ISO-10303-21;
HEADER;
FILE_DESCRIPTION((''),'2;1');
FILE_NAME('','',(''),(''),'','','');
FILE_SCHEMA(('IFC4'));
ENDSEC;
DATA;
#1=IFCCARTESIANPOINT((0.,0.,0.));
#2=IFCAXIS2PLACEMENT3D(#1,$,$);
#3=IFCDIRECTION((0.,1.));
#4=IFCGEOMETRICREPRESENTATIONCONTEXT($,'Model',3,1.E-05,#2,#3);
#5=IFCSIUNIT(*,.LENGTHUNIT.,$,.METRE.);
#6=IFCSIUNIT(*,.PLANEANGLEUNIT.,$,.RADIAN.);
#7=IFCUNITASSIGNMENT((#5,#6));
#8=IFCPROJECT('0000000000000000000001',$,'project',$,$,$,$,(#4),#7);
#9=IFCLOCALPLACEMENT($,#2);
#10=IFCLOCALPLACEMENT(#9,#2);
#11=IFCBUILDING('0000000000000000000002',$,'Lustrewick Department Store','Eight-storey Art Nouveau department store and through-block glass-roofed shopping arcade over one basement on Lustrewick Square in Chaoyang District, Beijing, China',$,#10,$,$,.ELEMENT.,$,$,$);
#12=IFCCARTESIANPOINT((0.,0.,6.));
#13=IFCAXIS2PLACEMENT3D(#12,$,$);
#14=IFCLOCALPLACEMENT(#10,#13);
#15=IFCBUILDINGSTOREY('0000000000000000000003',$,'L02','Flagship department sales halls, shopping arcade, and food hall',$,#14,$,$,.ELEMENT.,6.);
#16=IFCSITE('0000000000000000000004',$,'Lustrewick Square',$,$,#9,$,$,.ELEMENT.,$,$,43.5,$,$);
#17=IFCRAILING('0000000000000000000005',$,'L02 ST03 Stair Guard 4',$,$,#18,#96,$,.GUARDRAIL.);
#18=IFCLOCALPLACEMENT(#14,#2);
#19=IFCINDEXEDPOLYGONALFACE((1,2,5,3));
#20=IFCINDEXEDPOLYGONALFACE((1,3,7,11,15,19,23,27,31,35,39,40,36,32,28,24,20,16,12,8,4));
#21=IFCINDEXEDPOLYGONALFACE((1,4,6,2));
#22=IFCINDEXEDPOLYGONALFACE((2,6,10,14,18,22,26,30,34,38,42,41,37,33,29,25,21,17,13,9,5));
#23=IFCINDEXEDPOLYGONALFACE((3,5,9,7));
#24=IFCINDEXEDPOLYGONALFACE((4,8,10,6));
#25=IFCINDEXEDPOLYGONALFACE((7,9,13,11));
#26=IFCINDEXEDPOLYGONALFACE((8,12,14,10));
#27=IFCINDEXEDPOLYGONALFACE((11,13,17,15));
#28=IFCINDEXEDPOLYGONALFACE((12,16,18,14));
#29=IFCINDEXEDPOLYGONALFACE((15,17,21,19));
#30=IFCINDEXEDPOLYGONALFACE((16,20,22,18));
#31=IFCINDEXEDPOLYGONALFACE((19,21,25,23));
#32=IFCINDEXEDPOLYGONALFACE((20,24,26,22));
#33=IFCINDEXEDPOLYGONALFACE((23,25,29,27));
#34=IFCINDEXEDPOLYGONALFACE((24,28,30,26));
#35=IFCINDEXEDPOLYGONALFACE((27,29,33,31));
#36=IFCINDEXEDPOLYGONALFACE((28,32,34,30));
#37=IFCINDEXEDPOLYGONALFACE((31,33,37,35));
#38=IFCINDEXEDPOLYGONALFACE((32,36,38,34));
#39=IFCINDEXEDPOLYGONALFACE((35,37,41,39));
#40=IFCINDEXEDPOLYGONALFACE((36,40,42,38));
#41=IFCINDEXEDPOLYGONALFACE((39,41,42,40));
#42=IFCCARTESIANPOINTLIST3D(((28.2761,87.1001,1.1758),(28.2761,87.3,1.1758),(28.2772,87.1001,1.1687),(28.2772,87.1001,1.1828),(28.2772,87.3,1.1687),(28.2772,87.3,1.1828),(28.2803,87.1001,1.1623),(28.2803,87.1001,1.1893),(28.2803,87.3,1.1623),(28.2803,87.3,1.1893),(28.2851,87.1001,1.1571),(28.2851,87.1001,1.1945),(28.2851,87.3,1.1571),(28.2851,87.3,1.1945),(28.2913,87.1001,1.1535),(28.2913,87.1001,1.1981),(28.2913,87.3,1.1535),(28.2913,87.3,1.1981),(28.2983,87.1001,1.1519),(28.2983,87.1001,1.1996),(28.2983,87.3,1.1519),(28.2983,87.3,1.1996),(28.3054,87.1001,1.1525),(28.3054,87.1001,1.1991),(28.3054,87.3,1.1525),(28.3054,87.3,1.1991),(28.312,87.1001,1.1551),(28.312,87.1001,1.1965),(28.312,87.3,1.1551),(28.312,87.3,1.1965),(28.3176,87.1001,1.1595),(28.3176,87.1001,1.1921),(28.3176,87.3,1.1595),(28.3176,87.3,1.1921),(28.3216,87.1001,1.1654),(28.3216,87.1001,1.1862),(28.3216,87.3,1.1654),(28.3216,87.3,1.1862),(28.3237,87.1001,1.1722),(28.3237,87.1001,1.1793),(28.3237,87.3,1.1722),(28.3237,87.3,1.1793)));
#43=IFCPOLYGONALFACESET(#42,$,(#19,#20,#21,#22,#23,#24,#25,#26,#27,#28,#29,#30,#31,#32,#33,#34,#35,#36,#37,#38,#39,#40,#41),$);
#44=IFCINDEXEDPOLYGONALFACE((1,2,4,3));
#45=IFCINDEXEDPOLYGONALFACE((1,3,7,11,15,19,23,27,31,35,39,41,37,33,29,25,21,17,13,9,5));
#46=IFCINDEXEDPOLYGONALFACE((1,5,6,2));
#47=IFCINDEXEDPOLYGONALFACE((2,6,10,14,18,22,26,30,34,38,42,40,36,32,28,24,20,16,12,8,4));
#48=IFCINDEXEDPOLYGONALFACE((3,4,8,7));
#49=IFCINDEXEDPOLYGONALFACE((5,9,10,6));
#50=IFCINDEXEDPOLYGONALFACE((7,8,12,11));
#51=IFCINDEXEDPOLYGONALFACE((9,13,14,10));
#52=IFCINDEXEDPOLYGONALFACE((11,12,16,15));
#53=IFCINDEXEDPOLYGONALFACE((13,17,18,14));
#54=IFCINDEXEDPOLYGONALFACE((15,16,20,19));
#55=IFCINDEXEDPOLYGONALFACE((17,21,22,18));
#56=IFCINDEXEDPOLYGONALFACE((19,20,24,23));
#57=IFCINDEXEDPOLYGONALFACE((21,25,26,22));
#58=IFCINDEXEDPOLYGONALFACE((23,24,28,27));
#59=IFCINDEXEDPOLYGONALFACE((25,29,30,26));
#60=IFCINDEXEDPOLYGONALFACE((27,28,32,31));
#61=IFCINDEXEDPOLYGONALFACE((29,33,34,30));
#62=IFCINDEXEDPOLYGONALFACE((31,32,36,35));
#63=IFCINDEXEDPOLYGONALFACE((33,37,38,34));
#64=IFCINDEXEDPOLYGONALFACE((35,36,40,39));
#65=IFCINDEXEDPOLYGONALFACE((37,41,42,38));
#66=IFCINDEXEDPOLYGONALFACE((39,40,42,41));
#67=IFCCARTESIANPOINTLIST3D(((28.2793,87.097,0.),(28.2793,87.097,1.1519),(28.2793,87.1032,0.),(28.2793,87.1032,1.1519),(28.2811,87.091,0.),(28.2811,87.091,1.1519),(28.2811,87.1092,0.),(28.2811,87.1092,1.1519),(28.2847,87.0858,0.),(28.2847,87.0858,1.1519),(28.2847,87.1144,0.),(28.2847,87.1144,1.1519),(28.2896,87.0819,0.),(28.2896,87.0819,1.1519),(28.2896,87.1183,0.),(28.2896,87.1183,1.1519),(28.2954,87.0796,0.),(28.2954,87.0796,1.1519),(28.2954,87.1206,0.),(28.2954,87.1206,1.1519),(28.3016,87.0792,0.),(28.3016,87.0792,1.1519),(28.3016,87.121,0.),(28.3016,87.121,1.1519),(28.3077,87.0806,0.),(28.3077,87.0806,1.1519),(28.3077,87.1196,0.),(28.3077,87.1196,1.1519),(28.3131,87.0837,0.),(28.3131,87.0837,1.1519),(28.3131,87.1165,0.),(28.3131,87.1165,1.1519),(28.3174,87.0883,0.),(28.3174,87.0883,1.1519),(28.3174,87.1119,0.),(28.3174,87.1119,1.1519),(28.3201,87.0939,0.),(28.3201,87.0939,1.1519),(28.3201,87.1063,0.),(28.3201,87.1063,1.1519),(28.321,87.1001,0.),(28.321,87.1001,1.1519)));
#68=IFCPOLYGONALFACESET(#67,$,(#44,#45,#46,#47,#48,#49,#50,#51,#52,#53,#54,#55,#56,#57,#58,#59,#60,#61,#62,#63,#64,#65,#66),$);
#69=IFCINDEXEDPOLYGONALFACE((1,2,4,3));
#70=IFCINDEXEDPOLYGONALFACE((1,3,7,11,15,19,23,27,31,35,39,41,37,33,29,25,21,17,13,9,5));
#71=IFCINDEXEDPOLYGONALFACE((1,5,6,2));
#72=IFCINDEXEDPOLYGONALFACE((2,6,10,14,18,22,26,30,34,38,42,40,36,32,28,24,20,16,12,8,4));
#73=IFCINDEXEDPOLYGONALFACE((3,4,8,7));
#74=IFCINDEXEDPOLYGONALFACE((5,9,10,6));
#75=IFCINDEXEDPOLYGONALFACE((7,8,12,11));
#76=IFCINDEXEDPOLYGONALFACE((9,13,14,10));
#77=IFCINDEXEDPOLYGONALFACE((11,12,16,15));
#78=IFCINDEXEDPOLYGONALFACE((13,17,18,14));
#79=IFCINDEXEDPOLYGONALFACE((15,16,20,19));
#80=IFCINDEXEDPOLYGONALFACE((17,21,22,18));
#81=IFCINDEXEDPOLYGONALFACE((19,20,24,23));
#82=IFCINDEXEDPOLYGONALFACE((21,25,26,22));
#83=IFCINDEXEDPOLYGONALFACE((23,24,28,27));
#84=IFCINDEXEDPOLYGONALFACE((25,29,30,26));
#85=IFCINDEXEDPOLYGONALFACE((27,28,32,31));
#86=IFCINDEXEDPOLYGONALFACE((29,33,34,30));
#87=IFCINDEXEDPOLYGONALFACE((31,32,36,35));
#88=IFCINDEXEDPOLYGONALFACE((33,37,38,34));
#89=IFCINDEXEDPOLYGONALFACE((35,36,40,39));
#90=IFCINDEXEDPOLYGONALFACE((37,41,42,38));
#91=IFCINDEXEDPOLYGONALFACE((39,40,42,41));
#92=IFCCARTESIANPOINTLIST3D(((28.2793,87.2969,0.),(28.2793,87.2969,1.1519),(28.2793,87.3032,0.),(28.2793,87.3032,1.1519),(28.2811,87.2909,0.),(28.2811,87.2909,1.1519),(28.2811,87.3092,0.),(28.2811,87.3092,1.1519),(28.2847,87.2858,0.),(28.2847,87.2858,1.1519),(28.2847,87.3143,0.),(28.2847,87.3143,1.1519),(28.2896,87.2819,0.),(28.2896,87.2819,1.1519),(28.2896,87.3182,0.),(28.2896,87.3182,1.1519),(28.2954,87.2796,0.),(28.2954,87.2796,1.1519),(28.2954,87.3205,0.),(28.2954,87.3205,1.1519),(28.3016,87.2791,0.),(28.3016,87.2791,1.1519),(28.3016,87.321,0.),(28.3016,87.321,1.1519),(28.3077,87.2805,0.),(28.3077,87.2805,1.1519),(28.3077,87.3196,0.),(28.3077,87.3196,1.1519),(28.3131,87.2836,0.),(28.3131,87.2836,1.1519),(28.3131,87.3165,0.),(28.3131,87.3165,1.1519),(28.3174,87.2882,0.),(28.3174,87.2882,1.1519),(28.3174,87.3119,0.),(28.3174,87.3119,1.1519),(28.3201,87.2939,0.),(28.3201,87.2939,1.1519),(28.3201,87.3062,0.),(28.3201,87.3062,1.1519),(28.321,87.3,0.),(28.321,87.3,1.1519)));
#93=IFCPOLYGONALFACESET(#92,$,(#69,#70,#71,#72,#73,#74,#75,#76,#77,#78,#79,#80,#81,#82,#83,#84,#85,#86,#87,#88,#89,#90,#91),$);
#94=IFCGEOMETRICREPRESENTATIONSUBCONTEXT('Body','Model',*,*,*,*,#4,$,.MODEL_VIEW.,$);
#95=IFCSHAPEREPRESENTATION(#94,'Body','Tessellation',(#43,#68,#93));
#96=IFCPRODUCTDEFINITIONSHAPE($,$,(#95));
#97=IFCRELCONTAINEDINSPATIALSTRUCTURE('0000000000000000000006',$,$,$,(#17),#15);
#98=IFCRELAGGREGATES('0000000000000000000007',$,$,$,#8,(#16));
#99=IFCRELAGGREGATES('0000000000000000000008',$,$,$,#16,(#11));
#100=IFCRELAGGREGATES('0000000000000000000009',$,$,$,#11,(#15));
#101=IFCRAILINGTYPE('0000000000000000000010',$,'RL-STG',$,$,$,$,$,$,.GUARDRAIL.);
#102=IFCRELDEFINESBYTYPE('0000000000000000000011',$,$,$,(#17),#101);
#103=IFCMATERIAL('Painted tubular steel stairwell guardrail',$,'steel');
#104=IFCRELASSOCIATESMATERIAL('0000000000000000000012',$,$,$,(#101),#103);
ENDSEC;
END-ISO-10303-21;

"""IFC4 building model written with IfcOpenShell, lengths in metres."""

from ifc_helpers import new_model, si_unit, direction, frame, origin, origin_2d, place, context, subcontext, project, spatial, circle, extrude, material, type_object, element, save


model = new_model("IFC4")

# Units and contexts
model_context = context("Model", 3, precision=1e-05, world=origin(), true_north=direction((0.0, 1.0)))
body_context = subcontext(model_context, "Body", "Model", "MODEL_VIEW")
ifc_project = project(units=[si_unit("LENGTHUNIT", "METRE"), si_unit("PLANEANGLEUNIT", "RADIAN")], contexts=[model_context])

# Site, building, storey
site_placement = place(None, origin())
site = spatial("IfcSite", under=ifc_project, at=site_placement, Name="Lustrewick Square", CompositionType="ELEMENT", RefElevation=43.5)
building_placement = place(site_placement, origin())
building = spatial("IfcBuilding", under=site, at=building_placement, Name="Lustrewick Department Store", Description="Eight-storey Art Nouveau department store and through-block glass-roofed shopping arcade over one basement on Lustrewick Square in Chaoyang District, Beijing, China", CompositionType="ELEMENT")
storey_placement = place(building_placement, frame((0.0, 0.0, 6.0)))
storey = spatial("IfcBuildingStorey", under=building, at=storey_placement, Name="L02", Description="Flagship department sales halls, shopping arcade, and food hall", CompositionType="ELEMENT", Elevation=6.0)

# Railing
ifc_material_1 = material(Name="Painted tubular steel stairwell guardrail", Category="steel")
railing_type_1 = type_object("IfcRailingType", Name="RL-STG", PredefinedType="GUARDRAIL", material=ifc_material_1)
railing_1_placement = place(storey_placement, frame((28.3, 87.1001, 0.0)))
element("IfcRailing", 1, at=railing_1_placement, inside=storey, type_object=railing_type_1, Name="L02 ST03 Stair Guard 4", PredefinedType="GUARDRAIL", context=body_context, shape_type="SweptSolid", body=[
    extrude(circle(Radius=0.0239, at=origin_2d()), frame((0.0, 0.0, 1.1758), z_axis=(0.0, 1.0, 0.0), x_axis=(-1.0, 0.0, 0.0)), (0.0, 0.0, 1.0), 0.2),
    extrude(circle(Radius=0.021, at=origin_2d()), origin(), (0.0, 0.0, 1.0), 1.1519),
    extrude(circle(Radius=0.021, at=origin_2d()), frame((0.0, 0.2, 0.0)), (0.0, 0.0, 1.0), 1.1519),
])

save(model, "model.ifc")
